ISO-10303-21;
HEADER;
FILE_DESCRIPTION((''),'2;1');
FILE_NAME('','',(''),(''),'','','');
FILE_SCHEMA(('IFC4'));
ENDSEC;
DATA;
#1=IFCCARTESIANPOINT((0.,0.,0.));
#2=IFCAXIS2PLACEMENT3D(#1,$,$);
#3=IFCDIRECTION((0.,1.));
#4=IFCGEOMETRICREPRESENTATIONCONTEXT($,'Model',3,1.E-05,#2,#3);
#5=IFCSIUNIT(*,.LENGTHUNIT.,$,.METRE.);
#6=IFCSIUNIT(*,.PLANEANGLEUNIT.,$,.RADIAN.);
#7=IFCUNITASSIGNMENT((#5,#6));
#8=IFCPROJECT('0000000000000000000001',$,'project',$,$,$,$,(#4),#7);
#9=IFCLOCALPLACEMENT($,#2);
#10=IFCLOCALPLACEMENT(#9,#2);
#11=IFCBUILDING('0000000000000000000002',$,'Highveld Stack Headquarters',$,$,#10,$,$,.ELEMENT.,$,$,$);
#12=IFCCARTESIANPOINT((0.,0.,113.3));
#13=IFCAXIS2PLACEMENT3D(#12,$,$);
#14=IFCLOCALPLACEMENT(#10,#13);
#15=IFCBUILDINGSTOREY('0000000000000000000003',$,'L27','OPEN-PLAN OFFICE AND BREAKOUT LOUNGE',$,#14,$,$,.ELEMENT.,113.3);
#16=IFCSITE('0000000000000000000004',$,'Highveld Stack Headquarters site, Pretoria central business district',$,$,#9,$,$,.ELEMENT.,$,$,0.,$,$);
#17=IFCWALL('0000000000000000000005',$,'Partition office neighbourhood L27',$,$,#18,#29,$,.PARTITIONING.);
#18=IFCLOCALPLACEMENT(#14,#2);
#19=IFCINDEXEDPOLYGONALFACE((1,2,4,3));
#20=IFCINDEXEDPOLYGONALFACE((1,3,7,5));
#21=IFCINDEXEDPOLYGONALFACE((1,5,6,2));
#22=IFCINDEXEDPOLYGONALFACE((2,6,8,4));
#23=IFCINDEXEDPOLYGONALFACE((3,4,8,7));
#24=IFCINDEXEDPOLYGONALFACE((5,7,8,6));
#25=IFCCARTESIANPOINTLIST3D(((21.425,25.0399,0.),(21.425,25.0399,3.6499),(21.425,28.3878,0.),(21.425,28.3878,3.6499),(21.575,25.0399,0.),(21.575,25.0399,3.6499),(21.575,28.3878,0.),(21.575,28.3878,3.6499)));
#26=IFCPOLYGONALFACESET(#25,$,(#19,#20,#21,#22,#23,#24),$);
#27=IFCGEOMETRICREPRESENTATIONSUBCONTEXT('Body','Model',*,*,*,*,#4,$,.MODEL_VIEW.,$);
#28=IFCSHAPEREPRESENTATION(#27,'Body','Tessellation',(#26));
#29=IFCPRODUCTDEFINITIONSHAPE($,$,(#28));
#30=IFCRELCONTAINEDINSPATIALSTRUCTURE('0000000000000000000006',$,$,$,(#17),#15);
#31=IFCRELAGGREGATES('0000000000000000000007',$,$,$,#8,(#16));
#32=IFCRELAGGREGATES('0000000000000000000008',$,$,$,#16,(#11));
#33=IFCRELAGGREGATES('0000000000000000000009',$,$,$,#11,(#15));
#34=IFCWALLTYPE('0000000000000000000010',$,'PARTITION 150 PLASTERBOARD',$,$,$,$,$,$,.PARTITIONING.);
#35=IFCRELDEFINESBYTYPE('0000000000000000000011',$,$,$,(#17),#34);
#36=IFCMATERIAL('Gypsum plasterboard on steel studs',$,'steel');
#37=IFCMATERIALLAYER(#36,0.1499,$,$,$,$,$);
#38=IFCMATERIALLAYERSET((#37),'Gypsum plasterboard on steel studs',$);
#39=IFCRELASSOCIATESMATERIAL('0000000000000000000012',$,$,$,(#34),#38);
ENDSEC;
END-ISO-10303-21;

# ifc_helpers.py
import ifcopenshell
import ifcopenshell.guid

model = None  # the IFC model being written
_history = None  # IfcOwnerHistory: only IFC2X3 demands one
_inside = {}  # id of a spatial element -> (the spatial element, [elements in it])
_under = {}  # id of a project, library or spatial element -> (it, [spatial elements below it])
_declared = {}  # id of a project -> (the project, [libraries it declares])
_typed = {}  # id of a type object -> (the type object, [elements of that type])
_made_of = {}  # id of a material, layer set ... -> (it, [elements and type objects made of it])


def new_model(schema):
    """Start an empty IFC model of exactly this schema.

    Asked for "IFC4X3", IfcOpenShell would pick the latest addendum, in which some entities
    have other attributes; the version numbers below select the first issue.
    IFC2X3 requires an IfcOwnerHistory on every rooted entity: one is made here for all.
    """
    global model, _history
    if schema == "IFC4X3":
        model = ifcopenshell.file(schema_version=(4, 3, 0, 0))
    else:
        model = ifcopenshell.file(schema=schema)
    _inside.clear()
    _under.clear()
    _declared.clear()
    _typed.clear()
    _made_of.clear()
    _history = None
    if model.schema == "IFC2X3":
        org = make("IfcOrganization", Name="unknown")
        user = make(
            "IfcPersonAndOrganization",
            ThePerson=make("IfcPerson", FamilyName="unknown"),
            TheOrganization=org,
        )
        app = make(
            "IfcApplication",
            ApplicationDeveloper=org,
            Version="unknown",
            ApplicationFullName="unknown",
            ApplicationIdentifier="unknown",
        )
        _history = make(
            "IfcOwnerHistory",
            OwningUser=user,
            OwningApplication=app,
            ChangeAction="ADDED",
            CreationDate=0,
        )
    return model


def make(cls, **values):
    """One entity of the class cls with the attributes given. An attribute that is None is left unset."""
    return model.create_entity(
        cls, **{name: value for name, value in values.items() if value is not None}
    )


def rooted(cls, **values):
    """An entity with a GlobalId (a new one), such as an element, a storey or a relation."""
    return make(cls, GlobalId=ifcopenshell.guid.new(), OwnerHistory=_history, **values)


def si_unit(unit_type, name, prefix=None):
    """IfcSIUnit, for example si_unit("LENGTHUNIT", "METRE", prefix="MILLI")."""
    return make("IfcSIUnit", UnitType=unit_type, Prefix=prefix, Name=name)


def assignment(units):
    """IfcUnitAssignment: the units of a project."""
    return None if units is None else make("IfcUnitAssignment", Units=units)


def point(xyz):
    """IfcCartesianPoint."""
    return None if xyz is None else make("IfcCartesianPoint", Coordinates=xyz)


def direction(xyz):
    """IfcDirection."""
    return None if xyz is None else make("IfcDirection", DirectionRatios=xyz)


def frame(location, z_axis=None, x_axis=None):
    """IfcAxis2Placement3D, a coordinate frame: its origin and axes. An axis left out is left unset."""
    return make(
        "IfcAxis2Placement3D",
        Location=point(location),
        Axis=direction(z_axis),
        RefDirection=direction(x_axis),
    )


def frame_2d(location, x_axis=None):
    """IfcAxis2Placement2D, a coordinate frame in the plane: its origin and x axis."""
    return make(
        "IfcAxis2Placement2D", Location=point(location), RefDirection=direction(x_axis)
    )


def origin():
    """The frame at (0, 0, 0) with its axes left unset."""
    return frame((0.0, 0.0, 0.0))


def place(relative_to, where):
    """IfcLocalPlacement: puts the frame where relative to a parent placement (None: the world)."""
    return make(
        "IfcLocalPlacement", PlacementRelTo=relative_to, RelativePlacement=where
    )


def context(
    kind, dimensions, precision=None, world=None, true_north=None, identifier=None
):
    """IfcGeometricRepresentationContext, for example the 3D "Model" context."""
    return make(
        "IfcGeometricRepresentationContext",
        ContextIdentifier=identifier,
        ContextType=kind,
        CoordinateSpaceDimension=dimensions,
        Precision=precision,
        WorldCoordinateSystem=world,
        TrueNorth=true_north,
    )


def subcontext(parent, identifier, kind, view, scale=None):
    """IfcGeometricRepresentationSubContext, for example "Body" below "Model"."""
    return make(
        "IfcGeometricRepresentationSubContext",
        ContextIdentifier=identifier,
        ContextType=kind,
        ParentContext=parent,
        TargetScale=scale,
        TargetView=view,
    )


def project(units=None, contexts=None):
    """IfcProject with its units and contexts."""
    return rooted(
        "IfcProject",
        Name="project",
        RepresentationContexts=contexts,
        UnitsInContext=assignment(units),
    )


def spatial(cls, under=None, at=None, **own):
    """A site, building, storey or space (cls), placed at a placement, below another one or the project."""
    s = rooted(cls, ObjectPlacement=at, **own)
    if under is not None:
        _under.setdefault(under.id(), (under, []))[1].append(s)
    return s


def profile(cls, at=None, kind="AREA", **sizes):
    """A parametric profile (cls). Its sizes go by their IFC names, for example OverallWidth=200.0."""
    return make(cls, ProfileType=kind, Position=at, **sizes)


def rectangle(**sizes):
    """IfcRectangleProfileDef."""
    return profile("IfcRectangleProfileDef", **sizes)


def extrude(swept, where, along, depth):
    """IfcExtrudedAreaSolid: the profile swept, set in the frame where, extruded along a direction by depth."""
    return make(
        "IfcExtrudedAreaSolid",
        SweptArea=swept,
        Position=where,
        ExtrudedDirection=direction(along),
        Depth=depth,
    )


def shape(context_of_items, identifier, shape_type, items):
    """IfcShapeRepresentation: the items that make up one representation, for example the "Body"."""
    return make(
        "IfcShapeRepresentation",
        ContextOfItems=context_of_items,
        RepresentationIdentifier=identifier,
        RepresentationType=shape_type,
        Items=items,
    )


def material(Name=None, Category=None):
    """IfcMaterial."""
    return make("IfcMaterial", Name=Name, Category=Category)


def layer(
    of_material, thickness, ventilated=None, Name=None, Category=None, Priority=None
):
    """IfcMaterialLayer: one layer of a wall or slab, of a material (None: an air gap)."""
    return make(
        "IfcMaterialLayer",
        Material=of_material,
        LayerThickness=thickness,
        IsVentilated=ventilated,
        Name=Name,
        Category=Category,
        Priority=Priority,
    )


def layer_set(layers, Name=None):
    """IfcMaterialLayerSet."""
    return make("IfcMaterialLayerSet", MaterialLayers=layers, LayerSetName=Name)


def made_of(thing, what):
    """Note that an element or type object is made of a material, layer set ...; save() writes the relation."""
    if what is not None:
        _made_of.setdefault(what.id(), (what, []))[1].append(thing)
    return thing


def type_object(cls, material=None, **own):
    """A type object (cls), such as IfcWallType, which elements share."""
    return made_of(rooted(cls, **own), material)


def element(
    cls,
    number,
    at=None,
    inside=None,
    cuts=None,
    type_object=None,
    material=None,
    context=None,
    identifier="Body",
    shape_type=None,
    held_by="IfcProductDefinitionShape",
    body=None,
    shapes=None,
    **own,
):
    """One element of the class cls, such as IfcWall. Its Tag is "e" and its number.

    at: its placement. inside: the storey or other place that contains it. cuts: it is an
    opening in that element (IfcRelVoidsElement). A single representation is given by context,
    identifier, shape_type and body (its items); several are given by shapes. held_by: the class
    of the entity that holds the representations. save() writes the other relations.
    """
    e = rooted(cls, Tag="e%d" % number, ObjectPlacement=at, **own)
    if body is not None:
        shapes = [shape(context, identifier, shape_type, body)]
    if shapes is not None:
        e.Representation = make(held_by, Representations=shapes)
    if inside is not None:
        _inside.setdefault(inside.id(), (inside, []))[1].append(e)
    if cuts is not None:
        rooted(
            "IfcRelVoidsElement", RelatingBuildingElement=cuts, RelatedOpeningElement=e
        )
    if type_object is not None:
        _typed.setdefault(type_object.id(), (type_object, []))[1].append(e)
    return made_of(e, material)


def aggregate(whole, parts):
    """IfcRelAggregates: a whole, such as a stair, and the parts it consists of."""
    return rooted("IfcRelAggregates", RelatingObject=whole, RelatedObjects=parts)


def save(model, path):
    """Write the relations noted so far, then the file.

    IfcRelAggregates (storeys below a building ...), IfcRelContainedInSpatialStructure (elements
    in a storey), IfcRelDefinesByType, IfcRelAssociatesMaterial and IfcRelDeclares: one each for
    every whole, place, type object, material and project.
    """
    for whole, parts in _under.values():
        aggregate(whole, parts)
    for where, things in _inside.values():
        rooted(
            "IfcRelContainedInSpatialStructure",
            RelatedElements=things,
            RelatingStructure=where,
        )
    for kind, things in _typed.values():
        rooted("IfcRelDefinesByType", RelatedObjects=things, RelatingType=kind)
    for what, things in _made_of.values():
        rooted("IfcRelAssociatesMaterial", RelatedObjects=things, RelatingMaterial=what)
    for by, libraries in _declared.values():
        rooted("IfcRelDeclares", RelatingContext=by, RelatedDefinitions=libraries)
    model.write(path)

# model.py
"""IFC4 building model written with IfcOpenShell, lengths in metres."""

from ifc_helpers import new_model, si_unit, direction, frame, frame_2d, origin, place, context, subcontext, project, spatial, rectangle, extrude, material, layer, layer_set, type_object, element, save


model = new_model("IFC4")

# Units and contexts
model_context = context("Model", 3, precision=1e-05, world=origin(), true_north=direction((0.0, 1.0)))
body_context = subcontext(model_context, "Body", "Model", "MODEL_VIEW")
ifc_project = project(units=[si_unit("LENGTHUNIT", "METRE"), si_unit("PLANEANGLEUNIT", "RADIAN")], contexts=[model_context])

# Site, building, storey
site_placement = place(None, origin())
site = spatial("IfcSite", under=ifc_project, at=site_placement, Name="Highveld Stack Headquarters site, Pretoria central business district", CompositionType="ELEMENT", RefElevation=0.0)
building_placement = place(site_placement, origin())
building = spatial("IfcBuilding", under=site, at=building_placement, Name="Highveld Stack Headquarters", CompositionType="ELEMENT")
storey_placement = place(building_placement, frame((0.0, 0.0, 113.3)))
storey = spatial("IfcBuildingStorey", under=building, at=storey_placement, Name="L27", Description="OPEN-PLAN OFFICE AND BREAKOUT LOUNGE", CompositionType="ELEMENT", Elevation=113.3)

# Wall
ifc_material_1 = material(Name="Gypsum plasterboard on steel studs", Category="steel")
ifc_layer_1 = layer(ifc_material_1, 0.1499)
ifc_layer_set_1 = layer_set([ifc_layer_1], Name="Gypsum plasterboard on steel studs")
wall_type = type_object("IfcWallType", Name="PARTITION 150 PLASTERBOARD", PredefinedType="PARTITIONING", material=ifc_layer_set_1)
wall_1_placement = place(storey_placement, frame((21.5, 25.04, 0.0), z_axis=(0.0, 0.0, 1.0), x_axis=(0.0, 1.0, 0.0)))
element("IfcWall", 1, at=wall_1_placement, inside=storey, type_object=wall_type, Name="Partition office neighbourhood L27", PredefinedType="PARTITIONING", context=body_context, shape_type="SweptSolid", body=[
    extrude(rectangle(XDim=3.3479, YDim=0.1499, at=frame_2d((1.6738, 0.0))), origin(), (0.0, 0.0, 1.0), 3.6499),
])

save(model, "model.ifc")
